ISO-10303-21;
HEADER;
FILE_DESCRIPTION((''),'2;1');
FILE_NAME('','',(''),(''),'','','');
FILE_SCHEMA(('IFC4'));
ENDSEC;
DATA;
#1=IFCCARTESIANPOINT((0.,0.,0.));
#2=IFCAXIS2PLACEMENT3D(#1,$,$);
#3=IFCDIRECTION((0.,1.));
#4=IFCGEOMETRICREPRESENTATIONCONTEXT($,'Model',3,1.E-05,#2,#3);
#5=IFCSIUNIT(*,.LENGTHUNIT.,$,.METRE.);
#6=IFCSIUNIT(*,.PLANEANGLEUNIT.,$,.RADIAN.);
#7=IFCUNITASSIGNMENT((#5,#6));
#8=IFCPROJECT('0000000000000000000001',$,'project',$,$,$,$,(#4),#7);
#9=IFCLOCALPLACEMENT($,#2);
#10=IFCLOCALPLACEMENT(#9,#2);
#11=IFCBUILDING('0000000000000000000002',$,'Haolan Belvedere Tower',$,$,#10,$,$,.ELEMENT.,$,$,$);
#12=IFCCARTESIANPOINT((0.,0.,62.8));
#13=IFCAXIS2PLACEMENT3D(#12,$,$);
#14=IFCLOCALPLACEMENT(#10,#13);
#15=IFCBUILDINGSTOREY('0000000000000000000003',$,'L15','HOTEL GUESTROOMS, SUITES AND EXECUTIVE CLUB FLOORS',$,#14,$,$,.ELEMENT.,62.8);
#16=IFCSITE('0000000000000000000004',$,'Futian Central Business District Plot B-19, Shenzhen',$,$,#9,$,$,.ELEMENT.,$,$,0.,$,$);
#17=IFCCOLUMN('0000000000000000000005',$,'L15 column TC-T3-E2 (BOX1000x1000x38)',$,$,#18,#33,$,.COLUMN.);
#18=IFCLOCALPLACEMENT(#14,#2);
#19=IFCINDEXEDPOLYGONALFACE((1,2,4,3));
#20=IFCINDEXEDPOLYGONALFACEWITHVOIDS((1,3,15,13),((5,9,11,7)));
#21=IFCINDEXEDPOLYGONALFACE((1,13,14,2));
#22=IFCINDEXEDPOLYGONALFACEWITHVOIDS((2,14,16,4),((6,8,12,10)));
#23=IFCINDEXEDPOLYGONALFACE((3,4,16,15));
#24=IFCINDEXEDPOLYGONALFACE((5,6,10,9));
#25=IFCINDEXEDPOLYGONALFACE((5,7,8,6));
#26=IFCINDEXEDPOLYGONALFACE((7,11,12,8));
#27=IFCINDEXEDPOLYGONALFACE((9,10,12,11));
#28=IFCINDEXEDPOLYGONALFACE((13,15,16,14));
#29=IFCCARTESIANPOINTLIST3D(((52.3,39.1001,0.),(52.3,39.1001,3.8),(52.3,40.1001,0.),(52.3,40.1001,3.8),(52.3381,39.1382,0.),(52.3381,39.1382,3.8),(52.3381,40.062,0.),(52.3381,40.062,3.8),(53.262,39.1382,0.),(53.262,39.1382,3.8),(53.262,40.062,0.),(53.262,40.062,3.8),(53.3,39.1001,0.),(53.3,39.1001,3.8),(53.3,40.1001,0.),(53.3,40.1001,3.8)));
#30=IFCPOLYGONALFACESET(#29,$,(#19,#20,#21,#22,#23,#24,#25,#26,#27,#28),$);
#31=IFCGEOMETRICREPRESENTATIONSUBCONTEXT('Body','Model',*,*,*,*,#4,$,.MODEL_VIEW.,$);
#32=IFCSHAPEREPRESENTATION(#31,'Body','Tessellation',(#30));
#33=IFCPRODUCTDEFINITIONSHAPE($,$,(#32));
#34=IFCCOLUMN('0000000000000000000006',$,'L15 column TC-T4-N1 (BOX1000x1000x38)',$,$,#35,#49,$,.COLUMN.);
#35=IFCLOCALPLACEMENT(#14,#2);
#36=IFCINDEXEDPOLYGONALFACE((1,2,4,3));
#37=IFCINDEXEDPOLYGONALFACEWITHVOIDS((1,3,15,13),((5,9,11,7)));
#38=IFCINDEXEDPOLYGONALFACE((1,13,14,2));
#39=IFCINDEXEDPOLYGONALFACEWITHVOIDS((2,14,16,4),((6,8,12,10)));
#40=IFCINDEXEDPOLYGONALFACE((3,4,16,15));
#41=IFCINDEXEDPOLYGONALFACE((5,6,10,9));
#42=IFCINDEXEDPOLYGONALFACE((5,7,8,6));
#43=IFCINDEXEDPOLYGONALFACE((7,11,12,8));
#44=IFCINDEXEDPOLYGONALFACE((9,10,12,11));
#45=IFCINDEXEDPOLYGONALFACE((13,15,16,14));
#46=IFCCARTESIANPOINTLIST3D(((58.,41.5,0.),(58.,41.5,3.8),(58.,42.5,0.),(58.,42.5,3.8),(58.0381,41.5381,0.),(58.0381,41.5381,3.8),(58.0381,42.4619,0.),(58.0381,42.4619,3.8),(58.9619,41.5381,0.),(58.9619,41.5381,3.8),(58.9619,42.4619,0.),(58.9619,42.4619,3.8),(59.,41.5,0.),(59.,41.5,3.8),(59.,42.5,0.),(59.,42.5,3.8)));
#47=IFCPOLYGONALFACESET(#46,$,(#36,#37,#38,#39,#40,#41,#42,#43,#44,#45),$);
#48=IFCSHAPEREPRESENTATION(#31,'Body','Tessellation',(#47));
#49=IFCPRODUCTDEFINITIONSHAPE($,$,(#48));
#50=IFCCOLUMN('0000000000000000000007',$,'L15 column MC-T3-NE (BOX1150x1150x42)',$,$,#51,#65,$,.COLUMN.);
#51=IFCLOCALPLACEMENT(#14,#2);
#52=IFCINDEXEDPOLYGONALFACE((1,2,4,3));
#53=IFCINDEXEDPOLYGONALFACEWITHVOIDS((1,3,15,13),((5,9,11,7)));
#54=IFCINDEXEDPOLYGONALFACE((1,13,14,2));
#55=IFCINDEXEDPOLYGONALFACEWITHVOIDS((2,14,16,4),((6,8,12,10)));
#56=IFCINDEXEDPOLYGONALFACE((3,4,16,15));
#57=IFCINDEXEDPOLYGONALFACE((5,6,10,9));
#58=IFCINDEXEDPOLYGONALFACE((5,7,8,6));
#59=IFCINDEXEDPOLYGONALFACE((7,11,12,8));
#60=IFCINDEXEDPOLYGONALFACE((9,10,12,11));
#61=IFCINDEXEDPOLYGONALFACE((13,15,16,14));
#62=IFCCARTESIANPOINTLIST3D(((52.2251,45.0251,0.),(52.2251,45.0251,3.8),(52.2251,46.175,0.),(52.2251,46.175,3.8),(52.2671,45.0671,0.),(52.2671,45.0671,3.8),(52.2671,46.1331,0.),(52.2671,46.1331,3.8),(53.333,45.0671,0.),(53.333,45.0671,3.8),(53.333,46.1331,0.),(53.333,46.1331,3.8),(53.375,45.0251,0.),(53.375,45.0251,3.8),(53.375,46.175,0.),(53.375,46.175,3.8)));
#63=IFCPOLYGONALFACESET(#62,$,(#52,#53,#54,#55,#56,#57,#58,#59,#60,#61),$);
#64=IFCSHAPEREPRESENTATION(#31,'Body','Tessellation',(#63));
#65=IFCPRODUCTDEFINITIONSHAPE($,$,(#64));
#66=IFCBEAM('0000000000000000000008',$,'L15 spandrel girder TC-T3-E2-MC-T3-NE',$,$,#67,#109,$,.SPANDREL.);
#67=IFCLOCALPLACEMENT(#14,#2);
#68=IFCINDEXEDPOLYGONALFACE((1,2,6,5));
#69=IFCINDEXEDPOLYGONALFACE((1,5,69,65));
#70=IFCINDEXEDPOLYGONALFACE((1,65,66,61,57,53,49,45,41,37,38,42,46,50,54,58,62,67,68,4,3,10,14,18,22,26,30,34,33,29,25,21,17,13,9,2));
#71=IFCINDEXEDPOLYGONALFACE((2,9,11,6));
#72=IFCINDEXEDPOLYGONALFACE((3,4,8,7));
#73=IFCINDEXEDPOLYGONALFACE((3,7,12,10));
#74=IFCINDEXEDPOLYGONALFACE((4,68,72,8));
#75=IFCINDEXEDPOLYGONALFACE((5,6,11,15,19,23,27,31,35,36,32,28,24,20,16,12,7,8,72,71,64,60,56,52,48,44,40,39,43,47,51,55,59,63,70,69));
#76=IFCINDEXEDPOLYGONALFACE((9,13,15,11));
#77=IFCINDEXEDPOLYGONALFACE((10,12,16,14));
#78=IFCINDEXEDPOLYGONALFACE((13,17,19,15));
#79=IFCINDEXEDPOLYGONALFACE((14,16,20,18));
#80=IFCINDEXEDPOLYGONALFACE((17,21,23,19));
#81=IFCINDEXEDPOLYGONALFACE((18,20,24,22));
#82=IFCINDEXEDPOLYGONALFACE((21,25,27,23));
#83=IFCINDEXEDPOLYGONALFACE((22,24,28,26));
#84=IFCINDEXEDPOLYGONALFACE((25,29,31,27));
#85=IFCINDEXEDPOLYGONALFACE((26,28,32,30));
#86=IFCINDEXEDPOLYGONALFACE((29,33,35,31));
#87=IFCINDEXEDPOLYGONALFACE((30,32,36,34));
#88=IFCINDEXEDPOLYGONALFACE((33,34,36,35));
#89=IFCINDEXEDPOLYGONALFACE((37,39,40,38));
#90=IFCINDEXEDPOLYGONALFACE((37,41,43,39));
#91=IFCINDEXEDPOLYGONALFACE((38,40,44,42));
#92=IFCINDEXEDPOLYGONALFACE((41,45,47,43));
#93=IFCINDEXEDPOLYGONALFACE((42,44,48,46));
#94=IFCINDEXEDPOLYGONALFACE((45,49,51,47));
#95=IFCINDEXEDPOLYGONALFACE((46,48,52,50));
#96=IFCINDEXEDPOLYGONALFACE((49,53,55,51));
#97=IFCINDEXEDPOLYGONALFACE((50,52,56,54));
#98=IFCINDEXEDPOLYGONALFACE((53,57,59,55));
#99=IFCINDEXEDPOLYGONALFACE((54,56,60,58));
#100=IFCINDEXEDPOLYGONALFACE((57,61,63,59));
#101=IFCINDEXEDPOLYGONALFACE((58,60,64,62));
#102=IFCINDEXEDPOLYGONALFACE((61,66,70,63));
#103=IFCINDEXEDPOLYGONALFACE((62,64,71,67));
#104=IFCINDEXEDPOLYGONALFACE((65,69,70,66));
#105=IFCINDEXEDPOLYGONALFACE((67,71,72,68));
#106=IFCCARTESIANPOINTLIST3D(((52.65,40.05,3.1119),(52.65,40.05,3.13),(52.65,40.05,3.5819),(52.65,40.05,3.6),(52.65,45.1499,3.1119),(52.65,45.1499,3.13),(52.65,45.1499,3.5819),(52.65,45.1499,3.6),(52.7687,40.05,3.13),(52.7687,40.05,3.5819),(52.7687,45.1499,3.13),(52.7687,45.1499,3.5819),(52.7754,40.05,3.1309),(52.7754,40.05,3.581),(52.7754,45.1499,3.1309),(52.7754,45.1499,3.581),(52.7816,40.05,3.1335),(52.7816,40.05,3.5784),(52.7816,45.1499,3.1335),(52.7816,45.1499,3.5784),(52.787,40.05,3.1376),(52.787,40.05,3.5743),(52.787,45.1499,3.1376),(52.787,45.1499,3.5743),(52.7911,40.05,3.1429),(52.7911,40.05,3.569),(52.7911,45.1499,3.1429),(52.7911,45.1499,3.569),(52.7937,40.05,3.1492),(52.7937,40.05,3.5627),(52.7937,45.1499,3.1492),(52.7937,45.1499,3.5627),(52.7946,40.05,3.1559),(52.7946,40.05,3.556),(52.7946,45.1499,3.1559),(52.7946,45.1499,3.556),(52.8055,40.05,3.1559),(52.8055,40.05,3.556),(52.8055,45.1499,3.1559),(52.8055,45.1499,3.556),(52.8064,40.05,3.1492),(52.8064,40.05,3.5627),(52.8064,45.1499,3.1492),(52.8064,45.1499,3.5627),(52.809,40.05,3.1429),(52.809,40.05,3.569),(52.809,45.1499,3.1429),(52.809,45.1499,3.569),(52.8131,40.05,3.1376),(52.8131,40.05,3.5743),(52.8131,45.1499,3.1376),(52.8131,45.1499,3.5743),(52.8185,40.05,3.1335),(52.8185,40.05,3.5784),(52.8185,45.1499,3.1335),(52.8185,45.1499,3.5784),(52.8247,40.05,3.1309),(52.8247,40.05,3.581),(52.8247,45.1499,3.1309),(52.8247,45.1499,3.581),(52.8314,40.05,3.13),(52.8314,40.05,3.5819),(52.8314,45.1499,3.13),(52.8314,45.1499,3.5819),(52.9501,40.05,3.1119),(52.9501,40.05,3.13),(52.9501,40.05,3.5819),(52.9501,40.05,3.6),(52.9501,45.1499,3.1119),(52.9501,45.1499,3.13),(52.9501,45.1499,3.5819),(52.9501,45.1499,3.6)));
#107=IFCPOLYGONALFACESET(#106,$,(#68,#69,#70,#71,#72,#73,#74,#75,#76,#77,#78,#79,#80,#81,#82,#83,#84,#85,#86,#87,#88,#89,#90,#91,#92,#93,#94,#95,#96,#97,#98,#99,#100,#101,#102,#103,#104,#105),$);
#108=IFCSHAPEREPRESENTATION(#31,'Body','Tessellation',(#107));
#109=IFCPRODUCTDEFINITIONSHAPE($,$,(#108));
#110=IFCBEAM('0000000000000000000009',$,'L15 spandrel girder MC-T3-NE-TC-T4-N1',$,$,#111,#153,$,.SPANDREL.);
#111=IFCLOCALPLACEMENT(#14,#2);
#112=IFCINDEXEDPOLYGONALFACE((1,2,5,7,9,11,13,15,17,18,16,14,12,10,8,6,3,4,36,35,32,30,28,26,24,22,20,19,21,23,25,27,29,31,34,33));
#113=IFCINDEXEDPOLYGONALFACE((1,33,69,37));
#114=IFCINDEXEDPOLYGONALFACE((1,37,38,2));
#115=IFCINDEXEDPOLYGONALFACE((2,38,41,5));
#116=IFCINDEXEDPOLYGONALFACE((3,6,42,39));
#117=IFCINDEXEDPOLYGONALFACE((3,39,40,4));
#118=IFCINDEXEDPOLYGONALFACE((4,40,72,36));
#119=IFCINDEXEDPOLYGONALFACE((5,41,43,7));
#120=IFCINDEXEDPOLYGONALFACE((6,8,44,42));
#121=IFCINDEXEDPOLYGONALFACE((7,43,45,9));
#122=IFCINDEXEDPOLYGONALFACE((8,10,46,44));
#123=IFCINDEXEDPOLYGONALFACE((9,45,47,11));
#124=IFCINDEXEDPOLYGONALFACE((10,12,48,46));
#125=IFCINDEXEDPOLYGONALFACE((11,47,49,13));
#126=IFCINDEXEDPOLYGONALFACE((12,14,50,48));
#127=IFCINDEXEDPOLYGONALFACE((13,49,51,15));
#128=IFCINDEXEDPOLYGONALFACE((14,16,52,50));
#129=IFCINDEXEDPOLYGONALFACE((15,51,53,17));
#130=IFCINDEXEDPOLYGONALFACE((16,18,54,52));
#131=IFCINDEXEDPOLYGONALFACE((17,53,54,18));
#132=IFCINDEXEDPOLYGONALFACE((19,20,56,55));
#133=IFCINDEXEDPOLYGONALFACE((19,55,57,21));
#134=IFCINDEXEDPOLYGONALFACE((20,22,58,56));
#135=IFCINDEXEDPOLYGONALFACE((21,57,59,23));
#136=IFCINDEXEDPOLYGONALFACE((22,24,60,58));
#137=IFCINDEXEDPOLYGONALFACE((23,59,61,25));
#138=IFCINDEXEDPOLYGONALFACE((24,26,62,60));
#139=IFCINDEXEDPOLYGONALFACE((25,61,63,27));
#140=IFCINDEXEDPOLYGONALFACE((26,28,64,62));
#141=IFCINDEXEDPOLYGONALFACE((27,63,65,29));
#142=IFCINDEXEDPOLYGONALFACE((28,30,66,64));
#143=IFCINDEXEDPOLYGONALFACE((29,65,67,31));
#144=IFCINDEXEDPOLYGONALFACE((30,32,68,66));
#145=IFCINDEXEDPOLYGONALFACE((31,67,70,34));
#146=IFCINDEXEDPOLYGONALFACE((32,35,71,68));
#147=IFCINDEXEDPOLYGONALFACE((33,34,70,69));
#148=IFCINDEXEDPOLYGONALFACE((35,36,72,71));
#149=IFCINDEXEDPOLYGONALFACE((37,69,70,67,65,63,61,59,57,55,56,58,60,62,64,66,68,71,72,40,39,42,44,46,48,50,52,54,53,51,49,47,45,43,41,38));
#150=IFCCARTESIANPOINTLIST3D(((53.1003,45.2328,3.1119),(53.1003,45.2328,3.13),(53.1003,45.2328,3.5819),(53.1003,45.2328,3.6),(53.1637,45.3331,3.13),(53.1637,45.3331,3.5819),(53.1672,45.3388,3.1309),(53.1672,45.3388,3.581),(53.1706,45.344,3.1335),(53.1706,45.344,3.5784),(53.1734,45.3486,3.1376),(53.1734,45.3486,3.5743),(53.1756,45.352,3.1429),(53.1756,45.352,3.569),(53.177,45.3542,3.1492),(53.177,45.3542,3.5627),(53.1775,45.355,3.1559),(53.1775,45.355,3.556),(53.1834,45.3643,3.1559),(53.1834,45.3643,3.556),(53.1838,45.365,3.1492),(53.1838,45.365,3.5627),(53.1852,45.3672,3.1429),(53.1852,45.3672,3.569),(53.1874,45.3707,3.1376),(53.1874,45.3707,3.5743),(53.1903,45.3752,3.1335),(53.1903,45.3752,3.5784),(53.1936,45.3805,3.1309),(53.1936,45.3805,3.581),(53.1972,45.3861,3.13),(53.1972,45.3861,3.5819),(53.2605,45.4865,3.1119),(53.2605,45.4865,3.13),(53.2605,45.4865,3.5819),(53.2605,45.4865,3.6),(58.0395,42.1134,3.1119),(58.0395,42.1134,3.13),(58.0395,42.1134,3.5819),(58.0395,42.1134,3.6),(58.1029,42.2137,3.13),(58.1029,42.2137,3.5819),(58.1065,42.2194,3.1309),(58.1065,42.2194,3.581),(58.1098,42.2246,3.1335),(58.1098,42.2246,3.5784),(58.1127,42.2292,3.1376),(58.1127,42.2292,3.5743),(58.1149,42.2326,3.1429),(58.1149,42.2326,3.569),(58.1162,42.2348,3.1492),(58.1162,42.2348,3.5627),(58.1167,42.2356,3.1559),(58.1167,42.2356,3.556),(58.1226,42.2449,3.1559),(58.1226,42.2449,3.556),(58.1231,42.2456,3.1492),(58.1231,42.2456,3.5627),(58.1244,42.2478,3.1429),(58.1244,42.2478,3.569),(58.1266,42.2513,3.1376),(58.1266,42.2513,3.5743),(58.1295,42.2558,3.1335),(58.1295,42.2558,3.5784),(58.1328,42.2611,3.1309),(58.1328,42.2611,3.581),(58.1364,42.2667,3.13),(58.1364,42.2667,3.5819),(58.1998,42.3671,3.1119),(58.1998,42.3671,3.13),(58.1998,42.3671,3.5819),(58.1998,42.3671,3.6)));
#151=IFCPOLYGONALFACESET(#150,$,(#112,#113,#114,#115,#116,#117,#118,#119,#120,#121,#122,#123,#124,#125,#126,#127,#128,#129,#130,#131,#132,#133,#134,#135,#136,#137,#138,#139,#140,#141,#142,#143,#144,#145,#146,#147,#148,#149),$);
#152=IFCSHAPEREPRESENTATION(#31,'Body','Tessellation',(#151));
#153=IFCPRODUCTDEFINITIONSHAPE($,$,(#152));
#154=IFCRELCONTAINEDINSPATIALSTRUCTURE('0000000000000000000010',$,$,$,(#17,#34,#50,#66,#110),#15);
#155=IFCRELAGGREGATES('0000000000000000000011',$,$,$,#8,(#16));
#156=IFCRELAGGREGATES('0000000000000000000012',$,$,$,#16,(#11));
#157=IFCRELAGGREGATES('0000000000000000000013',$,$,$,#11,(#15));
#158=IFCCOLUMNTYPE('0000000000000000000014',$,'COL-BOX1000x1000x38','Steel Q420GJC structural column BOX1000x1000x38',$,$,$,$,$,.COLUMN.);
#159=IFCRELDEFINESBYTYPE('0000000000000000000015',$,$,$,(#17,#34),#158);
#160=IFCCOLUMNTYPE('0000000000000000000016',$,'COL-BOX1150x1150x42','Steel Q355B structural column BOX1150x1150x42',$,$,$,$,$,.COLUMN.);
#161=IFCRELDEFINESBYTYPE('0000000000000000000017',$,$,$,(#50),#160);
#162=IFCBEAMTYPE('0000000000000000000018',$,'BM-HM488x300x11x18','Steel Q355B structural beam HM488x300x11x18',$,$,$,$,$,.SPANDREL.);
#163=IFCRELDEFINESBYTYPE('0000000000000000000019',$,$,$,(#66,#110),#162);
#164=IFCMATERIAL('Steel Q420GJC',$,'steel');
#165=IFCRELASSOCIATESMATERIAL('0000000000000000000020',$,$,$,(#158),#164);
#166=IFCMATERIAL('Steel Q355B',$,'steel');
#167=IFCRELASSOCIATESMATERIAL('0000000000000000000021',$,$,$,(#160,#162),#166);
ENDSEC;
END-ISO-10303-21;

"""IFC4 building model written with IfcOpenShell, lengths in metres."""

from ifc_helpers import new_model, si_unit, direction, frame, origin, origin_2d, place, context, subcontext, project, spatial, hollow_rectangle, i_section, extrude, material, material_profile, profile_set, type_object, element, save


model = new_model("IFC4")

# Units and contexts
model_context = context("Model", 3, precision=1e-05, world=origin(), true_north=direction((0.0, 1.0)))
body_context = subcontext(model_context, "Body", "Model", "MODEL_VIEW")
ifc_project = project(units=[si_unit("LENGTHUNIT", "METRE"), si_unit("PLANEANGLEUNIT", "RADIAN")], contexts=[model_context])

# Site, building, storey
site_placement = place(None, origin())
site = spatial("IfcSite", under=ifc_project, at=site_placement, Name="Futian Central Business District Plot B-19, Shenzhen", CompositionType="ELEMENT", RefElevation=0.0)
building_placement = place(site_placement, origin())
building = spatial("IfcBuilding", under=site, at=building_placement, Name="Haolan Belvedere Tower", CompositionType="ELEMENT")
storey_placement = place(building_placement, frame((0.0, 0.0, 62.8)))
storey = spatial("IfcBuildingStorey", under=building, at=storey_placement, Name="L15", Description="HOTEL GUESTROOMS, SUITES AND EXECUTIVE CLUB FLOORS", CompositionType="ELEMENT", Elevation=62.8)

# Columns
ifc_material_1 = material(Name="Steel Q420GJC", Category="steel")
ifc_material_profile_1 = material_profile(ifc_material_1, hollow_rectangle(XDim=1.0, YDim=1.0, WallThickness=0.0381, at=origin_2d()), Name="Steel Q420GJC")
ifc_profile_set_1 = profile_set([ifc_material_profile_1], Name="Steel Q420GJC")
column_type_1 = type_object("IfcColumnType", Name="COL-BOX1000x1000x38", Description="Steel Q420GJC structural column BOX1000x1000x38", PredefinedType="COLUMN", material=ifc_profile_set_1)
for number, where, z_axis, x_axis, name in (
    (1, (52.8, 39.6001, 0.0), (0.0, 0.0, 1.0), (1.0, 0.0, 0.0), "L15 column TC-T3-E2 (BOX1000x1000x38)"),
    (2, (58.5, 42.0, 0.0), (0.0, 0.0, 1.0), (1.0, 0.0, 0.0), "L15 column TC-T4-N1 (BOX1000x1000x38)"),
):
    element("IfcColumn", number, at=place(storey_placement, frame(where, z_axis=z_axis, x_axis=x_axis)), inside=storey, type_object=column_type_1, Name=name, PredefinedType="COLUMN", context=body_context, shape_type="SweptSolid", body=[
        extrude(hollow_rectangle(XDim=1.0, YDim=1.0, WallThickness=0.0381, at=origin_2d()), origin(), (0.0, 0.0, 1.0), 3.8),
    ])
ifc_material_2 = material(Name="Steel Q355B", Category="steel")
ifc_material_profile_2 = material_profile(ifc_material_2, hollow_rectangle(XDim=1.1499, YDim=1.1499, WallThickness=0.042, at=origin_2d()), Name="Steel Q355B")
ifc_profile_set_2 = profile_set([ifc_material_profile_2], Name="Steel Q355B")
column_type_2 = type_object("IfcColumnType", Name="COL-BOX1150x1150x42", Description="Steel Q355B structural column BOX1150x1150x42", PredefinedType="COLUMN", material=ifc_profile_set_2)
column_placement = place(storey_placement, frame((52.8, 45.6001, 0.0), z_axis=(0.0, 0.0, 1.0), x_axis=(1.0, 0.0, 0.0)))
element("IfcColumn", 3, at=column_placement, inside=storey, type_object=column_type_2, Name="L15 column MC-T3-NE (BOX1150x1150x42)", PredefinedType="COLUMN", context=body_context, shape_type="SweptSolid", body=[
    extrude(hollow_rectangle(XDim=1.1499, YDim=1.1499, WallThickness=0.042, at=origin_2d()), origin(), (0.0, 0.0, 1.0), 3.8),
])

# Beams
ifc_material_profile_3 = material_profile(ifc_material_2, i_section(OverallWidth=0.3, OverallDepth=0.488, WebThickness=0.011, FlangeThickness=0.0181, FilletRadius=0.0259, at=origin_2d()), Name="Steel Q355B")
ifc_profile_set_3 = profile_set([ifc_material_profile_3], Name="Steel Q355B")
beam_type_1 = type_object("IfcBeamType", Name="BM-HM488x300x11x18", Description="Steel Q355B structural beam HM488x300x11x18", PredefinedType="SPANDREL", material=ifc_profile_set_3)
beam_1_placement = place(storey_placement, frame((52.8, 40.05, 3.356), z_axis=(0.0, 1.0, 0.0), x_axis=(-1.0, 0.0, 0.0)))
element("IfcBeam", 4, at=beam_1_placement, inside=storey, type_object=beam_type_1, Name="L15 spandrel girder TC-T3-E2-MC-T3-NE", PredefinedType="SPANDREL", context=body_context, shape_type="SweptSolid", body=[
    extrude(i_section(OverallWidth=0.3, OverallDepth=0.488, WebThickness=0.011, FlangeThickness=0.0181, FilletRadius=0.0259, at=origin_2d()), origin(), (0.0, 0.0, 1.0), 5.0999),
])
beam_2_placement = place(storey_placement, frame((53.1804, 45.3596, 3.356), z_axis=(0.845498, -0.533979, 0.0), x_axis=(0.533979, 0.845498, 0.0)))
element("IfcBeam", 5, at=beam_2_placement, inside=storey, type_object=beam_type_1, Name="L15 spandrel girder MC-T3-NE-TC-T4-N1", PredefinedType="SPANDREL", context=body_context, shape_type="SweptSolid", body=[
    extrude(i_section(OverallWidth=0.3, OverallDepth=0.488, WebThickness=0.011, FlangeThickness=0.0181, FilletRadius=0.0259, at=origin_2d()), origin(), (0.0, 0.0, 1.0), 5.8418),
])

save(model, "model.ifc")
